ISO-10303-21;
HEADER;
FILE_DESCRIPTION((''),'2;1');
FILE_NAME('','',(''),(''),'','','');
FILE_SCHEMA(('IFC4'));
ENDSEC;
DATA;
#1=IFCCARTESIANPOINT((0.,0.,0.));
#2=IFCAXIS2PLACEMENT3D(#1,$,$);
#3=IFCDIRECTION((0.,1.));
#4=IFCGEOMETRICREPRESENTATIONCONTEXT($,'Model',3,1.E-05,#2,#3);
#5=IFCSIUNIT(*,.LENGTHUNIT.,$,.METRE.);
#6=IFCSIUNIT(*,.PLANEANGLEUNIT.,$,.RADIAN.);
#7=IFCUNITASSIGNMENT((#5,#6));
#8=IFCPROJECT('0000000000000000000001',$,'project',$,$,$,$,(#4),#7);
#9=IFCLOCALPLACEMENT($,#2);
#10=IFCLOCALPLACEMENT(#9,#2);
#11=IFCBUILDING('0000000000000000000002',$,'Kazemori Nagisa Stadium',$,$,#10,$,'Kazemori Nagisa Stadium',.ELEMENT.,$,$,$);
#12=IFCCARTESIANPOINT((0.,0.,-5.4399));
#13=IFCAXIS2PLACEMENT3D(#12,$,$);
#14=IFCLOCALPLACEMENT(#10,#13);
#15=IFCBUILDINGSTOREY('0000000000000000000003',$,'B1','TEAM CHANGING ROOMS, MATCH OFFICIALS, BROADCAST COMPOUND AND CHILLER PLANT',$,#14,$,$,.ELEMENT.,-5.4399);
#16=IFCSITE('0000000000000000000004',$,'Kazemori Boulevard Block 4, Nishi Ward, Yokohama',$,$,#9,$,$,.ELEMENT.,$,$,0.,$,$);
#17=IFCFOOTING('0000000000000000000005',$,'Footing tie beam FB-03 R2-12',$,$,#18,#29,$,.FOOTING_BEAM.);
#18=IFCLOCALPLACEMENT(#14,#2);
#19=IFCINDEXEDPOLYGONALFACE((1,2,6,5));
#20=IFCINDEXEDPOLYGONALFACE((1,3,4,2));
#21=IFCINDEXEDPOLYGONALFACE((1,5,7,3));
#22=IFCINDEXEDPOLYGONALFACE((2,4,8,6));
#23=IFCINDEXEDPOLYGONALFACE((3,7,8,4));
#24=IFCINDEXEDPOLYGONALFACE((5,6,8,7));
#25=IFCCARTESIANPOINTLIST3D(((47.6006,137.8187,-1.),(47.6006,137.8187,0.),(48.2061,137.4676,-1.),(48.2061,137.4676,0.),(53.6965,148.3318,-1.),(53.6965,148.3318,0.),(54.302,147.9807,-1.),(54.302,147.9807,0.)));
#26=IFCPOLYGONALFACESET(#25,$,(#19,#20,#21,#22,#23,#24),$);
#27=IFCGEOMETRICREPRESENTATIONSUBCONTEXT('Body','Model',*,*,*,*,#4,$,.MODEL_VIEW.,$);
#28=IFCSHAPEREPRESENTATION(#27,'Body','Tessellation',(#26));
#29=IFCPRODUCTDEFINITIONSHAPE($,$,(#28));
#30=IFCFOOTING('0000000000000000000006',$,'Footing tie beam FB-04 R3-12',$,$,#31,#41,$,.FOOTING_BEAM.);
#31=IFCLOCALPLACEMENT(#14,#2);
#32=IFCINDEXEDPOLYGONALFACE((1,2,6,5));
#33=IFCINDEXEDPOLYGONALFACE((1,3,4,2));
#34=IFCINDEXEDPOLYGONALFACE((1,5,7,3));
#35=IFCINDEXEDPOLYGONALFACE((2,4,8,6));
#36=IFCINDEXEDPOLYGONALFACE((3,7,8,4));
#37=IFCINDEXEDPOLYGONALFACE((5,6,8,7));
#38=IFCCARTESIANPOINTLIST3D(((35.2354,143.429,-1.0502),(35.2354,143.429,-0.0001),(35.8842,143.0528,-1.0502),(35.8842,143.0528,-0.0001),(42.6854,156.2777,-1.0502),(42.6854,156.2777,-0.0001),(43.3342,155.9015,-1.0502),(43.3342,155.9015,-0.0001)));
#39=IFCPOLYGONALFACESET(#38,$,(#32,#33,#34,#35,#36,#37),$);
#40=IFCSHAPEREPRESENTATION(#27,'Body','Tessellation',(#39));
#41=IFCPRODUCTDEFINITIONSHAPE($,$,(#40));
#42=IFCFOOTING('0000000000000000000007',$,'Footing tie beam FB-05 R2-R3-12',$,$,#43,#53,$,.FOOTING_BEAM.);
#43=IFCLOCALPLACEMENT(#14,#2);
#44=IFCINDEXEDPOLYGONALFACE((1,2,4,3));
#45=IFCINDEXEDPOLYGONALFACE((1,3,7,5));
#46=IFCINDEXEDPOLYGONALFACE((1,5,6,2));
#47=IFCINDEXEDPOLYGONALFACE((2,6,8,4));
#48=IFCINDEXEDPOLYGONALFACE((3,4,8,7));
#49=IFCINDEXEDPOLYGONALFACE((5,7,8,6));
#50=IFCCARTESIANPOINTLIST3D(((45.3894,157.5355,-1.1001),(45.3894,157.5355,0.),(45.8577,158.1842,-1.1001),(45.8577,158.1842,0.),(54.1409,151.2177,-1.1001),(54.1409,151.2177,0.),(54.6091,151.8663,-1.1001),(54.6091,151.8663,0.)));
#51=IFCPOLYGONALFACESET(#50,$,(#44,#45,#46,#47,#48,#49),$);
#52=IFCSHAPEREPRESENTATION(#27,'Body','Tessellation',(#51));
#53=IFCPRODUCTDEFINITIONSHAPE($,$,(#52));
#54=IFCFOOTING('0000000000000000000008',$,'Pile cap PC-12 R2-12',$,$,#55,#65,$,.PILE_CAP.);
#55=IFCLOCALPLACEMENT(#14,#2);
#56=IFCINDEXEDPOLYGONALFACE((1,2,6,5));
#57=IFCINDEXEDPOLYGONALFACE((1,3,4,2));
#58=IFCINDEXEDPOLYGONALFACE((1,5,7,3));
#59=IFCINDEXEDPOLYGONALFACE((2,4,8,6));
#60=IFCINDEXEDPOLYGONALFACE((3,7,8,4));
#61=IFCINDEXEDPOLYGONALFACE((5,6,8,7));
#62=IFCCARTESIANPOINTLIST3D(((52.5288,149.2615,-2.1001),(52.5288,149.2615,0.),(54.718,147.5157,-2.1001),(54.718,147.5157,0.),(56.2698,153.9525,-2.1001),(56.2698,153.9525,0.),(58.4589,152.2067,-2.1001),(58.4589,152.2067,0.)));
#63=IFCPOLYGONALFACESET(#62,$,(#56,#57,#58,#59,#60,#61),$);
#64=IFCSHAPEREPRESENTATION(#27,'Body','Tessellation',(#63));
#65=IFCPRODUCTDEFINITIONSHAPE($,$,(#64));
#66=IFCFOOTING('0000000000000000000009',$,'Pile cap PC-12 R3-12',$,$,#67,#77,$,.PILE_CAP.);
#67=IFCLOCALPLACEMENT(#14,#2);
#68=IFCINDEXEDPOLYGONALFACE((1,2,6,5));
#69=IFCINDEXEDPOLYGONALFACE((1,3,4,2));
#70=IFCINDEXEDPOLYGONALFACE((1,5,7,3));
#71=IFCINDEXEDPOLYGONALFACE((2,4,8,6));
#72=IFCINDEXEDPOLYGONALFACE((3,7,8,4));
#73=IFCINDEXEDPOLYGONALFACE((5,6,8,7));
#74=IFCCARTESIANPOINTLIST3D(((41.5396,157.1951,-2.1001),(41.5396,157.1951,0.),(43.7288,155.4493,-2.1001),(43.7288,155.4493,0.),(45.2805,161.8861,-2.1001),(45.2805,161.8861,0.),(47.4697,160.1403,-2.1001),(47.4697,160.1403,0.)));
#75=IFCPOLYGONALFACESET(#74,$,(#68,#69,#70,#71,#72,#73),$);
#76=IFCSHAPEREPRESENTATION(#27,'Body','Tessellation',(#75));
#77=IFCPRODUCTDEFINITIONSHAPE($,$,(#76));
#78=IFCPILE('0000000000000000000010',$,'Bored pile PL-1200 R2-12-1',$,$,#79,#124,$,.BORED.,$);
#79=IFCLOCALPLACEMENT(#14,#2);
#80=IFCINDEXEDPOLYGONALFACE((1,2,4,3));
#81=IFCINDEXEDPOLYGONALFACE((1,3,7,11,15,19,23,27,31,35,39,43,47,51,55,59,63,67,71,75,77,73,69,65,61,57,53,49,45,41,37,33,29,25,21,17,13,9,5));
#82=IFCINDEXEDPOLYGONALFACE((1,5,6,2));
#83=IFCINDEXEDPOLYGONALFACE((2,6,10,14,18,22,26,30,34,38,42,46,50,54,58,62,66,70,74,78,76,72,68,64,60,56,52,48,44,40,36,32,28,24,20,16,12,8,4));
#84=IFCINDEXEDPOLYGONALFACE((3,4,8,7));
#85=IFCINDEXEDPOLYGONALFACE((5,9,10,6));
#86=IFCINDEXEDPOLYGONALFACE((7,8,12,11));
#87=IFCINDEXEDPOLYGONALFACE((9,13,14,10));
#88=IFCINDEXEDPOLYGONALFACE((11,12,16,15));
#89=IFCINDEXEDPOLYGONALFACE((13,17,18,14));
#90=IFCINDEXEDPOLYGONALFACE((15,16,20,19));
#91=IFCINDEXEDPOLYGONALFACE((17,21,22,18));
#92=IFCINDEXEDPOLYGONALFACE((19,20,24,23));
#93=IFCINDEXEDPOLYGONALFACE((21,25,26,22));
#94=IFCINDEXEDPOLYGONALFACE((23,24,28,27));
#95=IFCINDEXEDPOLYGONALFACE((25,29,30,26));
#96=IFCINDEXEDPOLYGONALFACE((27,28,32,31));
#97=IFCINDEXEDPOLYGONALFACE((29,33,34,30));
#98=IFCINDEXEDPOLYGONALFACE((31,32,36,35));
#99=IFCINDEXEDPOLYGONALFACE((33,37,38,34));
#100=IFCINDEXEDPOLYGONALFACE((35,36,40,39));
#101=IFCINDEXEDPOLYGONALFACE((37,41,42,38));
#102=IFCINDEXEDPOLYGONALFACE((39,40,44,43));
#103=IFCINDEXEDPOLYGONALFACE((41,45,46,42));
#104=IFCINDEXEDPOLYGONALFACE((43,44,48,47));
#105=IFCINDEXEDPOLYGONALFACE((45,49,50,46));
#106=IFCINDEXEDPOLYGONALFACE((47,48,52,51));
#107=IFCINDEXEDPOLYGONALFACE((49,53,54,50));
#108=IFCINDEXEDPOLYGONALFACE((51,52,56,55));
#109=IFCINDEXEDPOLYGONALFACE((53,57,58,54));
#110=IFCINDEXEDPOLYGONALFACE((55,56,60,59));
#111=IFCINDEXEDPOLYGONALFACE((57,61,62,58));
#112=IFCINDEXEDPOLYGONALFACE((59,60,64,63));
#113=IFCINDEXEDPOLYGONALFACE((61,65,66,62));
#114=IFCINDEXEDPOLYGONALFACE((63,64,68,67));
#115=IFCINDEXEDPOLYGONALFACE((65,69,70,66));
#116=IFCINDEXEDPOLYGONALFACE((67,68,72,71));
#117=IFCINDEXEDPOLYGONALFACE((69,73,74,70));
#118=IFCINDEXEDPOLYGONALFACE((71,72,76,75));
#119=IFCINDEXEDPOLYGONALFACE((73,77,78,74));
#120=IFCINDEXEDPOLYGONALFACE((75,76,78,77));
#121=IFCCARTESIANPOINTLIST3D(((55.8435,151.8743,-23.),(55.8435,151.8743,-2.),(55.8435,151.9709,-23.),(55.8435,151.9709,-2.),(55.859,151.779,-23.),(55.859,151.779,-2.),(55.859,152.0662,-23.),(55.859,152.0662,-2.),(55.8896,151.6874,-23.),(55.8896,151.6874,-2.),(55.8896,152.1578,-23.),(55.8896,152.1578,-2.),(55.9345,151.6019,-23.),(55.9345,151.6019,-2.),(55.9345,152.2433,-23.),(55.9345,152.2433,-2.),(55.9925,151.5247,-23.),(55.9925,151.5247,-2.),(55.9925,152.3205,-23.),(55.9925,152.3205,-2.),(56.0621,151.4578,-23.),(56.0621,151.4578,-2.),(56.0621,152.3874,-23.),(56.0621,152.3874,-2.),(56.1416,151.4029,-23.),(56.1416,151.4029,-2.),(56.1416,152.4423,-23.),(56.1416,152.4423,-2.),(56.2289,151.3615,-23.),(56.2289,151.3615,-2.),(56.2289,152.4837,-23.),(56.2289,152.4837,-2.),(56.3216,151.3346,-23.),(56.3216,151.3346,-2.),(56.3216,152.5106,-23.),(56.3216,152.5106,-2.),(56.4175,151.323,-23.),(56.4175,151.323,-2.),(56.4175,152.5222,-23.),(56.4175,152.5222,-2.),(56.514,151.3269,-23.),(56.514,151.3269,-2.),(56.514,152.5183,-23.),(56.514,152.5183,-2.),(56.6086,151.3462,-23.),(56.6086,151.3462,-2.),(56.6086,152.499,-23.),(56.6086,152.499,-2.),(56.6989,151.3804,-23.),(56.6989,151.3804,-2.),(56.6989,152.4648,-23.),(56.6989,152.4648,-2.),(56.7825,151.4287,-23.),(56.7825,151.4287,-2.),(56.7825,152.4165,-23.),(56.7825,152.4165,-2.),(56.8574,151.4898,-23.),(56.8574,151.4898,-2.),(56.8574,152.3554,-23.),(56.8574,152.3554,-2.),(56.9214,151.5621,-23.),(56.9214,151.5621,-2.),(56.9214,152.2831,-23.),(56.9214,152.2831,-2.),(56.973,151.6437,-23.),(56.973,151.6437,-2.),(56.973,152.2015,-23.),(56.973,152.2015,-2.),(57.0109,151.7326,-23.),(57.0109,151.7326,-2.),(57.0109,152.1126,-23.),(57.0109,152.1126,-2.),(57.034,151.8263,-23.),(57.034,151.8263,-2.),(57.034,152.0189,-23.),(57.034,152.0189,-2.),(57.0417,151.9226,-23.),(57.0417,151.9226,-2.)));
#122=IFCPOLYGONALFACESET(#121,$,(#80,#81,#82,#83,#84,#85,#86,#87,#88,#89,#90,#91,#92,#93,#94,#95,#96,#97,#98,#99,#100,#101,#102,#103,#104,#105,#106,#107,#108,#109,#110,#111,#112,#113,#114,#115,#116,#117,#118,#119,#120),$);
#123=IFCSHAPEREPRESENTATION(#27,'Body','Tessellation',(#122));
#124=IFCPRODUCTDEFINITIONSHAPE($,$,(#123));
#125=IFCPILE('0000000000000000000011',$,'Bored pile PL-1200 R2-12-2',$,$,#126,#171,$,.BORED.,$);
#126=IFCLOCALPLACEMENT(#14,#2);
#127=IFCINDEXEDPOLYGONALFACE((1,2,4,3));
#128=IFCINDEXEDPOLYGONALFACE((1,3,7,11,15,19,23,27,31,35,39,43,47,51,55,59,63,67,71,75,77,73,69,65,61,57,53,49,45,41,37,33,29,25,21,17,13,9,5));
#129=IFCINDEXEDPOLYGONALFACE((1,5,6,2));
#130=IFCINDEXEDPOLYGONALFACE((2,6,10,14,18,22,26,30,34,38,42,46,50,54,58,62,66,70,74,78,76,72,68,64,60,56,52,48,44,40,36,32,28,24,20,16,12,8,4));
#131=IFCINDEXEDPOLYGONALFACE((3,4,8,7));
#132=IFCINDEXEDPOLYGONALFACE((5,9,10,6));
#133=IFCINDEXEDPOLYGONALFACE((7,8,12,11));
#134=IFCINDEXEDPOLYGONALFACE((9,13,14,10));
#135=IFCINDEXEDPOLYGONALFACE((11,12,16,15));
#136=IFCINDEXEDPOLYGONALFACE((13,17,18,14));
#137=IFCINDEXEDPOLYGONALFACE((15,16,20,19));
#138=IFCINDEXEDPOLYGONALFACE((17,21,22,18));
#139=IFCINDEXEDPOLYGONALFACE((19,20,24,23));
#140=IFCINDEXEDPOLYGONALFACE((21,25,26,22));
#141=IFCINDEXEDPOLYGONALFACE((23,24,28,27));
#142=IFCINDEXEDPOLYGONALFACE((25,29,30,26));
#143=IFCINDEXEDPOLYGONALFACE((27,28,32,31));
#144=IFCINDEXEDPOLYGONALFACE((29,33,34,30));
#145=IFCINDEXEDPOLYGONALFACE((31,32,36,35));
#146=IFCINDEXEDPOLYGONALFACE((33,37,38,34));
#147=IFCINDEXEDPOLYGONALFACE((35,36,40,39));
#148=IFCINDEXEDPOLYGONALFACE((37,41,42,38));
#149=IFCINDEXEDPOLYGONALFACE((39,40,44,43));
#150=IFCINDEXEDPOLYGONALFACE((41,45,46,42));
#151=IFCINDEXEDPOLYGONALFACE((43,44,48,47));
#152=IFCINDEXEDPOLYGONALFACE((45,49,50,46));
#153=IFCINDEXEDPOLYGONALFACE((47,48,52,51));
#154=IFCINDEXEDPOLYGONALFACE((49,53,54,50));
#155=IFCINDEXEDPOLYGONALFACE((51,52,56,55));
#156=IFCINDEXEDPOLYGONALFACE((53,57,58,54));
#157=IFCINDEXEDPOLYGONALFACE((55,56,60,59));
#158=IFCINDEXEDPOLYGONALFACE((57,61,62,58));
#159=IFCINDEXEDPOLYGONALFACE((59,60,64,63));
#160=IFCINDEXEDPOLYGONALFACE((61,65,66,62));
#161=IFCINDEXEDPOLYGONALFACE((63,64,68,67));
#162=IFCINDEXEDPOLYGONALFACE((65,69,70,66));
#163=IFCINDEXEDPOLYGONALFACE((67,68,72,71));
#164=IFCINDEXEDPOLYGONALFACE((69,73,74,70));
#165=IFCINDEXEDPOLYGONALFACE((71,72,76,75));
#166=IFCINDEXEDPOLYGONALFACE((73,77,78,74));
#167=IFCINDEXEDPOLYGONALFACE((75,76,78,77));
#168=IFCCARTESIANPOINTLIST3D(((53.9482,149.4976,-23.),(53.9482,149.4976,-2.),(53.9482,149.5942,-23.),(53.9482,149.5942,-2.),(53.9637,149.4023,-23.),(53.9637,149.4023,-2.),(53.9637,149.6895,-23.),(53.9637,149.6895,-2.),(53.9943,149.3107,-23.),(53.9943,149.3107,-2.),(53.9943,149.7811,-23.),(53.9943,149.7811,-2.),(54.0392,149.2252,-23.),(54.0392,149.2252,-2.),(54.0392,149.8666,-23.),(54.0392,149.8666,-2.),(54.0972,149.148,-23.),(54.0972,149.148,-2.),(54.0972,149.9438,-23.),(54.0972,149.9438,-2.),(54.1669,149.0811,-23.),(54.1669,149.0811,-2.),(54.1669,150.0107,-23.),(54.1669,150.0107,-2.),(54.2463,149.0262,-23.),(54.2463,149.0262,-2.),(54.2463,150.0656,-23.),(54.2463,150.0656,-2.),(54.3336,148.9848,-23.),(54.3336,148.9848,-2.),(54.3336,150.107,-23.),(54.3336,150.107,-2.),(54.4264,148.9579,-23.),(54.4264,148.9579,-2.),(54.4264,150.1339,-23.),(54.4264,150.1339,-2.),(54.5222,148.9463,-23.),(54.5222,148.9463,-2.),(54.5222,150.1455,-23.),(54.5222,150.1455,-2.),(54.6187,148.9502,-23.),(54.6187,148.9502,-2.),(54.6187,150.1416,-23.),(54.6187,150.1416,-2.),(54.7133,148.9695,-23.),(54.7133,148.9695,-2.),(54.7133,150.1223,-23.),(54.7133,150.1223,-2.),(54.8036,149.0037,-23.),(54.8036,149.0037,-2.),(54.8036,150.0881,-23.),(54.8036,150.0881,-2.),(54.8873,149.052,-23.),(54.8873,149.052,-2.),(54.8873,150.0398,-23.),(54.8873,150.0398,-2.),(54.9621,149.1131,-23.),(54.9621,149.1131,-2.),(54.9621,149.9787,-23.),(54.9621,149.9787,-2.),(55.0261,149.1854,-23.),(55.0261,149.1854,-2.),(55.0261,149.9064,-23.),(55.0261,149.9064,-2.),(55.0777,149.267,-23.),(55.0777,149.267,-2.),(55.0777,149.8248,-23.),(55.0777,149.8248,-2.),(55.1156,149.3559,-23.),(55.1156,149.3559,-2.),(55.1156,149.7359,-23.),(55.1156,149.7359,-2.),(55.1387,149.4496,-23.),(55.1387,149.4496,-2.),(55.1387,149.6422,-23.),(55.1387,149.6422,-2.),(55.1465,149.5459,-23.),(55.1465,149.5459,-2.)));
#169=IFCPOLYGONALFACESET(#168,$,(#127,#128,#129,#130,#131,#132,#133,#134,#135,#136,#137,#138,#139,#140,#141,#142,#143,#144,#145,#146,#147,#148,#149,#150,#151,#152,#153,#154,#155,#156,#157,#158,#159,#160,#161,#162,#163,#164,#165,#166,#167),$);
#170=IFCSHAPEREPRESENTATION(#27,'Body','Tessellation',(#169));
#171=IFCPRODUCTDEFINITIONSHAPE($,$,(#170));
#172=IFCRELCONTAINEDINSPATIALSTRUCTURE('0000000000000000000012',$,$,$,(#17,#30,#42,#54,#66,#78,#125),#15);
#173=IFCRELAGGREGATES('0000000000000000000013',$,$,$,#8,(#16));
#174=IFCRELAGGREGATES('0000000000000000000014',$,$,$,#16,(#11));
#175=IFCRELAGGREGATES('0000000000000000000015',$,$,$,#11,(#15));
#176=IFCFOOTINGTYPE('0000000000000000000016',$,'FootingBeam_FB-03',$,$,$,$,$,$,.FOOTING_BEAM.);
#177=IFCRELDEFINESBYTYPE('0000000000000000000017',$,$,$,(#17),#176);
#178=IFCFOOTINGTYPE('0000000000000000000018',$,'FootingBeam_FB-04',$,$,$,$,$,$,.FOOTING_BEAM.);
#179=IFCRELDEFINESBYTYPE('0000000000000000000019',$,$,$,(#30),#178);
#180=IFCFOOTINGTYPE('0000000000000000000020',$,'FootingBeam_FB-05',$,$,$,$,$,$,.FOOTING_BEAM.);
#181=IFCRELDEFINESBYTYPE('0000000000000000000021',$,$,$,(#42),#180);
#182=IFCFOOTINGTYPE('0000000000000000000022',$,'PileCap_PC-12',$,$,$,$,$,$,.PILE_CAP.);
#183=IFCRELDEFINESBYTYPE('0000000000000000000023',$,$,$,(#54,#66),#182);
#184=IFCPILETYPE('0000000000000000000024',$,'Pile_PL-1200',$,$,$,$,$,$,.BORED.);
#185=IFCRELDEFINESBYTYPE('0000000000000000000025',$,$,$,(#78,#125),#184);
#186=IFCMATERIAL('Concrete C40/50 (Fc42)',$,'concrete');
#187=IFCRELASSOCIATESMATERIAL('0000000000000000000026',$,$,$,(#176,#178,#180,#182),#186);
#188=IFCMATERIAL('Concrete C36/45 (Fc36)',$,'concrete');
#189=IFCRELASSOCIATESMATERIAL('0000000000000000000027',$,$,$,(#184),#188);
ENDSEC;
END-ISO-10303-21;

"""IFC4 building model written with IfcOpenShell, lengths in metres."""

from ifc_helpers import new_model, si_unit, direction, frame, origin, origin_2d, place, context, subcontext, project, spatial, rectangle, circle, extrude, material, material_profile, profile_set, type_object, element, save


model = new_model("IFC4")

# Units and contexts
model_context = context("Model", 3, precision=1e-05, world=origin(), true_north=direction((0.0, 1.0)))
body_context = subcontext(model_context, "Body", "Model", "MODEL_VIEW")
ifc_project = project(units=[si_unit("LENGTHUNIT", "METRE"), si_unit("PLANEANGLEUNIT", "RADIAN")], contexts=[model_context])

# Site, building, storey
site_placement = place(None, origin())
site = spatial("IfcSite", under=ifc_project, at=site_placement, Name="Kazemori Boulevard Block 4, Nishi Ward, Yokohama", CompositionType="ELEMENT", RefElevation=0.0)
building_placement = place(site_placement, origin())
building = spatial("IfcBuilding", under=site, at=building_placement, Name="Kazemori Nagisa Stadium", LongName="Kazemori Nagisa Stadium", CompositionType="ELEMENT")
storey_placement = place(building_placement, frame((0.0, 0.0, -5.4399)))
storey = spatial("IfcBuildingStorey", under=building, at=storey_placement, Name="B1", Description="TEAM CHANGING ROOMS, MATCH OFFICIALS, BROADCAST COMPOUND AND CHILLER PLANT", CompositionType="ELEMENT", Elevation=-5.4399)

# Footings
ifc_material_1 = material(Name="Concrete C40/50 (Fc42)", Category="concrete")
ifc_material_profile_1 = material_profile(ifc_material_1, rectangle(XDim=0.7, YDim=1.0, at=origin_2d()), Name="RC-FB-700x1000")
ifc_profile_set_1 = profile_set([ifc_material_profile_1], Name="Concrete C40/50 (Fc42)")
footing_type_1 = type_object("IfcFootingType", Name="FootingBeam_FB-03", PredefinedType="FOOTING_BEAM", material=ifc_profile_set_1)
footing_1_placement = place(storey_placement, frame((53.9993, 148.1562, -0.5), z_axis=(-0.501613, -0.865092, 0.0), x_axis=(0.865092, -0.501613, 0.0)))
element("IfcFooting", 1, at=footing_1_placement, inside=storey, type_object=footing_type_1, Name="Footing tie beam FB-03 R2-12", PredefinedType="FOOTING_BEAM", context=body_context, shape_type="SweptSolid", body=[
    extrude(rectangle(XDim=0.7, YDim=1.0, at=origin_2d()), origin(), (0.0, 0.0, 1.0), 12.1526),
])
ifc_material_profile_2 = material_profile(ifc_material_1, rectangle(XDim=0.75, YDim=1.05, at=origin_2d()), Name="RC-FB-750x1050")
ifc_profile_set_2 = profile_set([ifc_material_profile_2], Name="Concrete C40/50 (Fc42)")
footing_type_2 = type_object("IfcFootingType", Name="FootingBeam_FB-04", PredefinedType="FOOTING_BEAM", material=ifc_profile_set_2)
footing_2_placement = place(storey_placement, frame((43.0098, 156.0896, -0.5251), z_axis=(-0.501604, -0.865097, 0.0), x_axis=(0.865097, -0.501604, 0.0)))
element("IfcFooting", 2, at=footing_2_placement, inside=storey, type_object=footing_type_2, Name="Footing tie beam FB-04 R3-12", PredefinedType="FOOTING_BEAM", context=body_context, shape_type="SweptSolid", body=[
    extrude(rectangle(XDim=0.75, YDim=1.05, at=origin_2d()), origin(), (0.0, 0.0, 1.0), 14.8523),
])
ifc_material_profile_3 = material_profile(ifc_material_1, rectangle(XDim=0.8, YDim=1.1001, at=origin_2d()), Name="RC-FB-800x1100")
ifc_profile_set_3 = profile_set([ifc_material_profile_3], Name="Concrete C40/50 (Fc42)")
footing_type_3 = type_object("IfcFootingType", Name="FootingBeam_FB-05", PredefinedType="FOOTING_BEAM", material=ifc_profile_set_3)
footing_3_placement = place(storey_placement, frame((54.375, 151.542, -0.55), z_axis=(-0.810795, 0.58533, 0.0), x_axis=(-0.58533, -0.810795, 0.0)))
element("IfcFooting", 3, at=footing_3_placement, inside=storey, type_object=footing_type_3, Name="Footing tie beam FB-05 R2-R3-12", PredefinedType="FOOTING_BEAM", context=body_context, shape_type="SweptSolid", body=[
    extrude(rectangle(XDim=0.8, YDim=1.1001, at=origin_2d()), origin(), (0.0, 0.0, 1.0), 10.7937),
])
footing_type_4 = type_object("IfcFootingType", Name="PileCap_PC-12", PredefinedType="PILE_CAP", material=ifc_material_1)
for number, where, z_axis, x_axis, name in (
    (4, (55.4939, 150.7341, -2.1001), (0.0, 0.0, 1.0), (-0.62349, -0.781831, 0.0), "Pile cap PC-12 R2-12"),
    (5, (44.5046, 158.6677, -2.1001), (0.0, 0.0, 1.0), (-0.62349, -0.781831, 0.0), "Pile cap PC-12 R3-12"),
):
    element("IfcFooting", number, at=place(storey_placement, frame(where, z_axis=z_axis, x_axis=x_axis)), inside=storey, type_object=footing_type_4, Name=name, PredefinedType="PILE_CAP", context=body_context, shape_type="SweptSolid", body=[
        extrude(rectangle(XDim=6.0, YDim=2.8, at=origin_2d()), origin(), (0.0, 0.0, 1.0), 2.1001),
    ])

# Piles
ifc_material_2 = material(Name="Concrete C36/45 (Fc36)", Category="concrete")
ifc_material_profile_4 = material_profile(ifc_material_2, circle(Radius=0.6001, at=origin_2d()), Name="PILE-D1200")
ifc_profile_set_4 = profile_set([ifc_material_profile_4], Name="Concrete C36/45 (Fc36)")
pile_type_1 = type_object("IfcPileType", Name="Pile_PL-1200", PredefinedType="BORED", material=ifc_profile_set_4)
for number, where, z_axis, x_axis, name in (
    (6, (56.4417, 151.9226, -2.0), (0.0, 0.0, -1.0), (1.0, 0.0, 0.0), "Bored pile PL-1200 R2-12-1"),
    (7, (54.5464, 149.5459, -2.0), (0.0, 0.0, -1.0), (1.0, 0.0, 0.0), "Bored pile PL-1200 R2-12-2"),
):
    element("IfcPile", number, at=place(storey_placement, frame(where, z_axis=z_axis, x_axis=x_axis)), inside=storey, type_object=pile_type_1, Name=name, PredefinedType="BORED", context=body_context, shape_type="SweptSolid", body=[
        extrude(circle(Radius=0.6001, at=origin_2d()), origin(), (0.0, 0.0, 1.0), 21.0),
    ])

save(model, "model.ifc")
